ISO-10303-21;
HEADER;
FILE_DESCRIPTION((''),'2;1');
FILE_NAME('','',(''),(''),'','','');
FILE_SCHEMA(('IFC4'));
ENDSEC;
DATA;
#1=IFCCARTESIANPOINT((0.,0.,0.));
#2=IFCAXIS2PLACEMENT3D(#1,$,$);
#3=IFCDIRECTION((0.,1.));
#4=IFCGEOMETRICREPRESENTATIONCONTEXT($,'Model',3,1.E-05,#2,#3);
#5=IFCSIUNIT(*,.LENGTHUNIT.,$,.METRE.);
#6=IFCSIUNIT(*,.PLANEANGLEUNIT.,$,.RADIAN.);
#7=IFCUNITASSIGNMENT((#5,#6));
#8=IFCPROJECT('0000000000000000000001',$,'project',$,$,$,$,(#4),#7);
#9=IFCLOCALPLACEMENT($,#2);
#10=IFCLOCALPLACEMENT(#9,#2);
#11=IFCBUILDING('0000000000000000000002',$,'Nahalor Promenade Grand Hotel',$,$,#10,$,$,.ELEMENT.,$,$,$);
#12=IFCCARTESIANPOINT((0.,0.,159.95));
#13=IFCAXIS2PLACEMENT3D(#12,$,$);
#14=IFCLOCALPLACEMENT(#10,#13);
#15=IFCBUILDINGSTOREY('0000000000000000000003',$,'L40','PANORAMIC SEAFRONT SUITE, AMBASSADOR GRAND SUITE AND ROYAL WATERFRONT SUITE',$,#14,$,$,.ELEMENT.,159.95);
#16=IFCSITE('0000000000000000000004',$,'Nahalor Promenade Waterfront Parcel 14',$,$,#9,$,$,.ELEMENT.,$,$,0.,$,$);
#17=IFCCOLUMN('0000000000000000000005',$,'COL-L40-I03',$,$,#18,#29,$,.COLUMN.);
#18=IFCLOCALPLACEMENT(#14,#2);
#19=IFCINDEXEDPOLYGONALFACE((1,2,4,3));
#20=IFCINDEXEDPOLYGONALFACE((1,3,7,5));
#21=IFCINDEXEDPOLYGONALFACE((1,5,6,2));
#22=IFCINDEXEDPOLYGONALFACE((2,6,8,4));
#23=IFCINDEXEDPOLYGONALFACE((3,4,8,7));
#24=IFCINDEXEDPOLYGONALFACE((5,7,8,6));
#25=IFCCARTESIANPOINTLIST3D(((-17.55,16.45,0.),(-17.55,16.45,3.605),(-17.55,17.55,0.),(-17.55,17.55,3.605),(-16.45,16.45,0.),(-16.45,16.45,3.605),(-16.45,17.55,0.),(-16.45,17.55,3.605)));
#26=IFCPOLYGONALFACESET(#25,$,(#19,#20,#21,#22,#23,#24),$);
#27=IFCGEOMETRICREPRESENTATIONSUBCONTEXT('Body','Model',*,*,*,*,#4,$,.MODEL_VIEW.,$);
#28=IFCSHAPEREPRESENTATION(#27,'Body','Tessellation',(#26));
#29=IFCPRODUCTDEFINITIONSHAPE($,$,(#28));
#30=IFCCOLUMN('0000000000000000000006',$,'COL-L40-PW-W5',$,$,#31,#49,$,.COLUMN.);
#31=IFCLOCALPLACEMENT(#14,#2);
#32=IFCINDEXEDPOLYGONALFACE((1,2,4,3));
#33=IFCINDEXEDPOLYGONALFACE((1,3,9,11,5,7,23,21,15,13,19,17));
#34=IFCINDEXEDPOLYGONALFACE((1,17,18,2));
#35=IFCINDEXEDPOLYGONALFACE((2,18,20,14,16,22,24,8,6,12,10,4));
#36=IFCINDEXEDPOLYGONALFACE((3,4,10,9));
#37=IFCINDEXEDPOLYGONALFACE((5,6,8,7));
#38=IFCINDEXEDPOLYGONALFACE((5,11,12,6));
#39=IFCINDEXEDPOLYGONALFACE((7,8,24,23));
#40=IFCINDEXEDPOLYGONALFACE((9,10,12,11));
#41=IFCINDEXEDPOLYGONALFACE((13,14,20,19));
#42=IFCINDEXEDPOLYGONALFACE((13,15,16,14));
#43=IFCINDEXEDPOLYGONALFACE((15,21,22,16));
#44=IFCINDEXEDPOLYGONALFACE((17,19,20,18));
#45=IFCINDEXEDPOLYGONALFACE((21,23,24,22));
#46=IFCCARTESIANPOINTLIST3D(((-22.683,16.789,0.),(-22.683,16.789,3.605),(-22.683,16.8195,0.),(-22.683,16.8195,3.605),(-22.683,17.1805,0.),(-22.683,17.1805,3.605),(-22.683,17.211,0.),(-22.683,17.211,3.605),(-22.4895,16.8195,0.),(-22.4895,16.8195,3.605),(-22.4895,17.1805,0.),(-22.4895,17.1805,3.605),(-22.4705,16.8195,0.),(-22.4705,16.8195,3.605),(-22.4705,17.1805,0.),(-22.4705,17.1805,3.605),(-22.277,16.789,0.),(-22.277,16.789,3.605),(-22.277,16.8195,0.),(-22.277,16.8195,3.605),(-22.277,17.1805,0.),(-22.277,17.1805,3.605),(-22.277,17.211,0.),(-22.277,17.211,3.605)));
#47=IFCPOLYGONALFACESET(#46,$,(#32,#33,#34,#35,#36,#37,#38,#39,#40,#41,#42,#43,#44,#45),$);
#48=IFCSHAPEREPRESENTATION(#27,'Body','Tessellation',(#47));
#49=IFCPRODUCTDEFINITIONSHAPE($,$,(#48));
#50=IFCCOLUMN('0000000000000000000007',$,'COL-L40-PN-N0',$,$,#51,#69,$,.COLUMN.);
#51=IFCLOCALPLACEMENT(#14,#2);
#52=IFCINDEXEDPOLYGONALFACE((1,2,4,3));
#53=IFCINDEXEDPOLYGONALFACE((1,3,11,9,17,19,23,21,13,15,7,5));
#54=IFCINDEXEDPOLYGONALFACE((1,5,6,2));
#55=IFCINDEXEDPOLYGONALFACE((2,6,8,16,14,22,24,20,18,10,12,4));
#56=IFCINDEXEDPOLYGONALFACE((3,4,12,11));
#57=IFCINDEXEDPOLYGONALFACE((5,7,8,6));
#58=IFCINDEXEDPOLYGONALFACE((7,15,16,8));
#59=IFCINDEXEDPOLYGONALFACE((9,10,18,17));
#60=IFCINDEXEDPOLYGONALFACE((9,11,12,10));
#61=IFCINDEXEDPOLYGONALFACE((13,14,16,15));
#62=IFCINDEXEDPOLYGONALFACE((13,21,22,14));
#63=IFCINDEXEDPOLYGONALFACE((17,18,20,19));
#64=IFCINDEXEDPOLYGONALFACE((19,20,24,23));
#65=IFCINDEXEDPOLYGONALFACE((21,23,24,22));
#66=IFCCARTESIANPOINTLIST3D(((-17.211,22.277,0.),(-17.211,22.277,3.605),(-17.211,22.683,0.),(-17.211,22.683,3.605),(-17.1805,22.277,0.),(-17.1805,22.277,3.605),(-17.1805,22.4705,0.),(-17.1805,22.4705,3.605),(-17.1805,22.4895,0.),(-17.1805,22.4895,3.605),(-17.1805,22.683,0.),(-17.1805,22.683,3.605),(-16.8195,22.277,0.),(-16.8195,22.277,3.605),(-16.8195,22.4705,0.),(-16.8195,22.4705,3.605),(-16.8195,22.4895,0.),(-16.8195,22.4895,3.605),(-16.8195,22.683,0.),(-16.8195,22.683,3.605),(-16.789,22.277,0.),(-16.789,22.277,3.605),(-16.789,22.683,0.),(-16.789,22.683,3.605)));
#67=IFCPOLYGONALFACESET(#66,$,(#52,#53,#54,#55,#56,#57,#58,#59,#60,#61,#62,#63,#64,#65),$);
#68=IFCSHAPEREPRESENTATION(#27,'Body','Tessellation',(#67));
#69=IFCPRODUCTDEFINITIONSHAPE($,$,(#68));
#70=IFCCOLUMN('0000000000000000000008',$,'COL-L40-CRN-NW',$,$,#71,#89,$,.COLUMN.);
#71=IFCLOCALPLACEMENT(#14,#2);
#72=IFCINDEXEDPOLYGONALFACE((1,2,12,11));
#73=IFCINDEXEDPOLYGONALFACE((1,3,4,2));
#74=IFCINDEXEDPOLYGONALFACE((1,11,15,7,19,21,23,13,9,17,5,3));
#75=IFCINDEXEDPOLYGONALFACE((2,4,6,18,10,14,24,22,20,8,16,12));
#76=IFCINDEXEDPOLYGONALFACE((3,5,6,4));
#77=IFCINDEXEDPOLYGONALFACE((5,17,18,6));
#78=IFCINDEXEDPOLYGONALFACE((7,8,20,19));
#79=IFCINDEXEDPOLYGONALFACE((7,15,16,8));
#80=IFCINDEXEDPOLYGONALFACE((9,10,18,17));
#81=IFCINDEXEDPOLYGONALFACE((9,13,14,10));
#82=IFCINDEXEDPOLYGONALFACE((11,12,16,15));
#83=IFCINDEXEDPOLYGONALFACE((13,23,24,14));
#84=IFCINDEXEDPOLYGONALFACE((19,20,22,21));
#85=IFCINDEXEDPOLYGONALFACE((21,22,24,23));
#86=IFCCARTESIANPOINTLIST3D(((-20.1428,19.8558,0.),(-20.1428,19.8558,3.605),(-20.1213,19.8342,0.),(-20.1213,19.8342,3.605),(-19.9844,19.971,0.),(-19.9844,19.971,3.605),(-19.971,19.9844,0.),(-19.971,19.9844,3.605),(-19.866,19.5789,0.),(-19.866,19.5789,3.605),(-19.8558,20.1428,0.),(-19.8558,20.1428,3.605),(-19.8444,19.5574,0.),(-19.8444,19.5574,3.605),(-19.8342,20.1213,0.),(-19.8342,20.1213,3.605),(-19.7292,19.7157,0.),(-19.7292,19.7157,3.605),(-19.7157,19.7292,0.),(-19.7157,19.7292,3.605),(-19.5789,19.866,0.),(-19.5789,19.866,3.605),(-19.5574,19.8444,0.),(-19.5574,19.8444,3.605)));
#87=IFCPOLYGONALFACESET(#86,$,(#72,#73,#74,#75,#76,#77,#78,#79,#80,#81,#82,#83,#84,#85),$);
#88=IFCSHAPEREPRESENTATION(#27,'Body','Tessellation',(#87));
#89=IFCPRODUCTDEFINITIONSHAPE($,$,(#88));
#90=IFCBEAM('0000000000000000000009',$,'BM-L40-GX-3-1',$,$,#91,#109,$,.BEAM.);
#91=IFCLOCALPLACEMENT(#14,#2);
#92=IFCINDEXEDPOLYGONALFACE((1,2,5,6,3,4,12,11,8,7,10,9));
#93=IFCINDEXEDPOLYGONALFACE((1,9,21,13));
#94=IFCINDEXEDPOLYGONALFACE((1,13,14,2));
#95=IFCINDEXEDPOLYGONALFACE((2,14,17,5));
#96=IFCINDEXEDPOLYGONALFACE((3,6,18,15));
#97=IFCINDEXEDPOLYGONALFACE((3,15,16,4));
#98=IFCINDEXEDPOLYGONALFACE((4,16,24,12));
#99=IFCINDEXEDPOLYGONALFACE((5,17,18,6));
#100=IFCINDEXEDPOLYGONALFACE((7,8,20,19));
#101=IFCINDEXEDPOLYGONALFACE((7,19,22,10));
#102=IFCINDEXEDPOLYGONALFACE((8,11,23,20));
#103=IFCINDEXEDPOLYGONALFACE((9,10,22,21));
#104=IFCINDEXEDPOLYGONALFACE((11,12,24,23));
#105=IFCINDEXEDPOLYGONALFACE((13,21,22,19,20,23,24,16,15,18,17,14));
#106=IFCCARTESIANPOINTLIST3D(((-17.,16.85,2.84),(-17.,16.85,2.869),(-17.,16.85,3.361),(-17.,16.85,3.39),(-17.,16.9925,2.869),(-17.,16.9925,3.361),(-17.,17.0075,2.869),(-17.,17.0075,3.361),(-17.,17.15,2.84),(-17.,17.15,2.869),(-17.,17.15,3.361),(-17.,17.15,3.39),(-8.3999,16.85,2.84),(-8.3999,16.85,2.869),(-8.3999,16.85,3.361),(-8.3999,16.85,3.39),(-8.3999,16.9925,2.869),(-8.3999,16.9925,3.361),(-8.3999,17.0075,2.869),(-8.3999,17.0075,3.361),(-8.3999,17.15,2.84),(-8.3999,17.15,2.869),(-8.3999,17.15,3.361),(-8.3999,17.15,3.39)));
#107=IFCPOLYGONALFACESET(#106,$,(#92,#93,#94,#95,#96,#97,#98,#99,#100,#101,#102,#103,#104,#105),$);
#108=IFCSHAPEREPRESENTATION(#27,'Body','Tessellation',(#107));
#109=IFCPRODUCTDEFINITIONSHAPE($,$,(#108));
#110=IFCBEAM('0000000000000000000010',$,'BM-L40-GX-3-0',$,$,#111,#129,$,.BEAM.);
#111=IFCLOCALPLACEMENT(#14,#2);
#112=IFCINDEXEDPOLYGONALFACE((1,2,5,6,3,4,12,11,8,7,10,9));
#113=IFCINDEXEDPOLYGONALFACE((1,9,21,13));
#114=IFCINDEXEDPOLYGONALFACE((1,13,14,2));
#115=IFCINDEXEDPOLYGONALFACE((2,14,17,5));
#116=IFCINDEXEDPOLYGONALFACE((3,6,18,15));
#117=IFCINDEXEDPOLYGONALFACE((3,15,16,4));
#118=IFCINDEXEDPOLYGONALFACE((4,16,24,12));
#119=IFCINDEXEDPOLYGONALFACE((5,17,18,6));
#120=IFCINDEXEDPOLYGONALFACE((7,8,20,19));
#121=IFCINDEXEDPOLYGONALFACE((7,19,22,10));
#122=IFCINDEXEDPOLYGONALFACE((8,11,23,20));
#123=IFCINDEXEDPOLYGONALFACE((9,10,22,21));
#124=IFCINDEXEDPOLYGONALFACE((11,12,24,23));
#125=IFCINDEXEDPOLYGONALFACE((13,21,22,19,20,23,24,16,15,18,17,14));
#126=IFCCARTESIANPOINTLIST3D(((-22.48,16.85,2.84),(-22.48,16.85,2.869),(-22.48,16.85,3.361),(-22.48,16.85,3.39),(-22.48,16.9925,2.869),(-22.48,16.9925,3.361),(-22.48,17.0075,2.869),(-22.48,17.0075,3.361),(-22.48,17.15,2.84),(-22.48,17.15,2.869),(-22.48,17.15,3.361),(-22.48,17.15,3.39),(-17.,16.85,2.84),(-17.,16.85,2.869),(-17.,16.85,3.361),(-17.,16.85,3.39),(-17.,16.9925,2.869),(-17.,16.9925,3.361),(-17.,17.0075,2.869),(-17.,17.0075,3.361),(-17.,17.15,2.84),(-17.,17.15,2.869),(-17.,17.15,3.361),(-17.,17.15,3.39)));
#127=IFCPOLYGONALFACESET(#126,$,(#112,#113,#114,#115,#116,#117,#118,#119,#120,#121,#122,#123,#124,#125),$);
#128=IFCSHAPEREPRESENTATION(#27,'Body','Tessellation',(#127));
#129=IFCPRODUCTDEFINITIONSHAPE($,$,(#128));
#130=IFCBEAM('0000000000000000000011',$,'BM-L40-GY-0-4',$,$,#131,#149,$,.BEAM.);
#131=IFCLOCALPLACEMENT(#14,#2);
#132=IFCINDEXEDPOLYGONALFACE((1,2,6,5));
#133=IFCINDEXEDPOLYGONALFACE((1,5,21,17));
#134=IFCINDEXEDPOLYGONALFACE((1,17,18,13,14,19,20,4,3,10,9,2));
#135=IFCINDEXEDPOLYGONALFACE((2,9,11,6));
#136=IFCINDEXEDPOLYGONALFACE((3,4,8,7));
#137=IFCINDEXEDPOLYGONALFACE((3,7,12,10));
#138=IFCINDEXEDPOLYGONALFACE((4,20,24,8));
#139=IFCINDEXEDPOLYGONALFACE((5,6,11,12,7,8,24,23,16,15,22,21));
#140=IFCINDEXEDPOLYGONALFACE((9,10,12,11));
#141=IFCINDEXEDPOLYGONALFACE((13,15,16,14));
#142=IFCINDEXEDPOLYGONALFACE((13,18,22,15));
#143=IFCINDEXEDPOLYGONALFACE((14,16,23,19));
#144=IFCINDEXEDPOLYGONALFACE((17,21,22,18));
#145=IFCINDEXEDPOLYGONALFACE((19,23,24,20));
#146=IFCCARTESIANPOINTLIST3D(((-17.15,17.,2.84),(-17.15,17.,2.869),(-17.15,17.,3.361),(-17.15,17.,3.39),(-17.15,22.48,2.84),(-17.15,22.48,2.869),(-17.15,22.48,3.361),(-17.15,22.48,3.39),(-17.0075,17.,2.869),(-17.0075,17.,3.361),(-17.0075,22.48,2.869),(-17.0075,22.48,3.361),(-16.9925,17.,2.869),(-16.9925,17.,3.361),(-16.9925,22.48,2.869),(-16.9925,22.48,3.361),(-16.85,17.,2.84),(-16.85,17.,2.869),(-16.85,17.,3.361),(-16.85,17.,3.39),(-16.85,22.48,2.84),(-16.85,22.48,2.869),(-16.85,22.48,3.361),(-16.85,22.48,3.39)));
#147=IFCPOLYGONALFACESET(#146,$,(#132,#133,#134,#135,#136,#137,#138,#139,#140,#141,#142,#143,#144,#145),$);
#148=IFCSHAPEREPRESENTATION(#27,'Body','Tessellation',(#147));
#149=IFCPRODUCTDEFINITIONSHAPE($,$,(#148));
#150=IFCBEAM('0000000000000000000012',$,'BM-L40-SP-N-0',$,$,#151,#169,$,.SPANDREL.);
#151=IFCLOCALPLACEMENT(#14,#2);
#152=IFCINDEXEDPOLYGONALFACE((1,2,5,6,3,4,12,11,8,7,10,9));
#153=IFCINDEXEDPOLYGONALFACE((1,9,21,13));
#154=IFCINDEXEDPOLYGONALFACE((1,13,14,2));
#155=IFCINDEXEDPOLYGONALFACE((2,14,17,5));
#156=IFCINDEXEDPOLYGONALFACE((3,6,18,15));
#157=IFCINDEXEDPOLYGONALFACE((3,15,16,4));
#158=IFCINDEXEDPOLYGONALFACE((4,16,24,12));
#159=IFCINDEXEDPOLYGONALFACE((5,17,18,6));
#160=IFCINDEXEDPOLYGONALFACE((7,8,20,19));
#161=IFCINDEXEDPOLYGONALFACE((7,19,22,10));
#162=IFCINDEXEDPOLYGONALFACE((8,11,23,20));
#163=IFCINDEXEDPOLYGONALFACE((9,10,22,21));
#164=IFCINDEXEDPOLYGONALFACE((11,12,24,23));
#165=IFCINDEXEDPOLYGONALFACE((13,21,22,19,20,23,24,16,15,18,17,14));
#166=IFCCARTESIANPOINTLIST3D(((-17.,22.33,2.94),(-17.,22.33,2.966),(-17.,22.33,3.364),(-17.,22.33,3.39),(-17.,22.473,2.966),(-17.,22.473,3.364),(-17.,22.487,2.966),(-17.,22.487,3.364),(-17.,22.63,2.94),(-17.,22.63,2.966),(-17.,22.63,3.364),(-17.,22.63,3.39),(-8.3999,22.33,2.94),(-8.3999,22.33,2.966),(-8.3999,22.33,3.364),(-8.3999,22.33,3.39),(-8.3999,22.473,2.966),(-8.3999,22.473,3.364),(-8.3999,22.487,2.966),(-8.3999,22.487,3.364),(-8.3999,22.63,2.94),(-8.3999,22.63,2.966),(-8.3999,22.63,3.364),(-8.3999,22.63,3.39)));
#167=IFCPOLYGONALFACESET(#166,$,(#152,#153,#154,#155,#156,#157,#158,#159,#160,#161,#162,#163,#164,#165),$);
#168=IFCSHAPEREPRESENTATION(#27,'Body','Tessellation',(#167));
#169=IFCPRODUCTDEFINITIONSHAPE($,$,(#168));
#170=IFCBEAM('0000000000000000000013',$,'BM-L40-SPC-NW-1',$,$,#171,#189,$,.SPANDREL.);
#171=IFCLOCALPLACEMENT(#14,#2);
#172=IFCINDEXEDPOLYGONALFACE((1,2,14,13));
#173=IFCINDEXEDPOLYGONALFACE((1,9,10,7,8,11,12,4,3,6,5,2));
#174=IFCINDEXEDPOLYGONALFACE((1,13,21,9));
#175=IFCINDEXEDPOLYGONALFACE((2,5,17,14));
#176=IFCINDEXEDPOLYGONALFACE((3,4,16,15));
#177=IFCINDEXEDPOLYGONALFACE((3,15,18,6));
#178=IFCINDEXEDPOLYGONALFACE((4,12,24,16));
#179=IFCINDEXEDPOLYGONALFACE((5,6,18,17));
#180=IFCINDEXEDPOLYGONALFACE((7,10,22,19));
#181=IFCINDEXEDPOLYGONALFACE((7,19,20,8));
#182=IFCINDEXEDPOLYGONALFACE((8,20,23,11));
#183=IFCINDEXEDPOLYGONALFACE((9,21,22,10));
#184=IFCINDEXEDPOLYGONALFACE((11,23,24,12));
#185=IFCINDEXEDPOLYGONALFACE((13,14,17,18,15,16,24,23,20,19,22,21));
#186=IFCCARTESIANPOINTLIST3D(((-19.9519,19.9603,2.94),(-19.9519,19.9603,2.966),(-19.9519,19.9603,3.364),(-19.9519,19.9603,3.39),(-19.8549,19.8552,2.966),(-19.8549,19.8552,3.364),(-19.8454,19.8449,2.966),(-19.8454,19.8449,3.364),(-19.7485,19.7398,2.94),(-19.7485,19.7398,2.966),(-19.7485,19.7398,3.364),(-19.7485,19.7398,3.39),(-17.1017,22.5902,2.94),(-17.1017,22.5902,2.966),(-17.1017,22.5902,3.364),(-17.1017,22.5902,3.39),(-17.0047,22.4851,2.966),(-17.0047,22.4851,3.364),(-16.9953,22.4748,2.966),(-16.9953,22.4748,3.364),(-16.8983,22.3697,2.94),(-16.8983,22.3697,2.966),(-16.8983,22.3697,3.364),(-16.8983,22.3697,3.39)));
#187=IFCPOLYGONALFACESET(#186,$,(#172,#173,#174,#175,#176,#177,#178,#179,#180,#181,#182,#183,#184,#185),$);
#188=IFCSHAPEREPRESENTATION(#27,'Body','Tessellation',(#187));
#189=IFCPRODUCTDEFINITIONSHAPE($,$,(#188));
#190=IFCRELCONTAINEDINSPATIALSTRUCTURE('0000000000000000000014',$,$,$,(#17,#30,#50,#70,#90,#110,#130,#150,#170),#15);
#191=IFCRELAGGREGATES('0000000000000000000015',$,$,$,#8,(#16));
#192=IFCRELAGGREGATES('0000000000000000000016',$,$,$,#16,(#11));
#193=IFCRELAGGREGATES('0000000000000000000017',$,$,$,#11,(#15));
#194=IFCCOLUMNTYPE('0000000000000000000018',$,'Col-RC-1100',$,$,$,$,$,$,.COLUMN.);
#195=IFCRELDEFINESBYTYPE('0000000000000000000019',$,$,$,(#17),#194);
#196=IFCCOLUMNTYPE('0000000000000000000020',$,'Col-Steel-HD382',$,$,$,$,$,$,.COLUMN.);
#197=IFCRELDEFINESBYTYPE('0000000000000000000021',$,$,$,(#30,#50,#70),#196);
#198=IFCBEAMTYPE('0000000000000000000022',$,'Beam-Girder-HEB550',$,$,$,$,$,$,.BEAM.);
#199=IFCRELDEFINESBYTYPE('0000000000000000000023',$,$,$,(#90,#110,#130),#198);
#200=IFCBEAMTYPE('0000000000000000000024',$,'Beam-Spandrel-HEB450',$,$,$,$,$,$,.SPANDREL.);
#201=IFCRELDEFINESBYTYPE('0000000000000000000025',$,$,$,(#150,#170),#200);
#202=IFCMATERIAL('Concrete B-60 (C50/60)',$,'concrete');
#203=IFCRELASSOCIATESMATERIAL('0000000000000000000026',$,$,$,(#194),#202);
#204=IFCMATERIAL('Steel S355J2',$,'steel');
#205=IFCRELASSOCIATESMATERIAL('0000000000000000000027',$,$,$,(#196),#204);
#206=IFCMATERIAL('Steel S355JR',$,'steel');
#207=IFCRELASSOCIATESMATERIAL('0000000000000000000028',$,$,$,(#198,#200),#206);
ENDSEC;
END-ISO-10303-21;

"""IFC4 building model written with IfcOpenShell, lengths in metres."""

from ifc_helpers import new_model, si_unit, direction, frame, origin, origin_2d, place, context, subcontext, project, spatial, rectangle, i_section, extrude, source, transform, mapped, material, material_profile, profile_set, type_object, element, save


model = new_model("IFC4")

# Units and contexts
model_context = context("Model", 3, precision=1e-05, world=origin(), true_north=direction((0.0, 1.0)))
body_context = subcontext(model_context, "Body", "Model", "MODEL_VIEW")
ifc_project = project(units=[si_unit("LENGTHUNIT", "METRE"), si_unit("PLANEANGLEUNIT", "RADIAN")], contexts=[model_context])

# Site, building, storey
site_placement = place(None, origin())
site = spatial("IfcSite", under=ifc_project, at=site_placement, Name="Nahalor Promenade Waterfront Parcel 14", CompositionType="ELEMENT", RefElevation=0.0)
building_placement = place(site_placement, origin())
building = spatial("IfcBuilding", under=site, at=building_placement, Name="Nahalor Promenade Grand Hotel", CompositionType="ELEMENT")
storey_placement = place(building_placement, frame((0.0, 0.0, 159.95)))
storey = spatial("IfcBuildingStorey", under=building, at=storey_placement, Name="L40", Description="PANORAMIC SEAFRONT SUITE, AMBASSADOR GRAND SUITE AND ROYAL WATERFRONT SUITE", CompositionType="ELEMENT", Elevation=159.95)

# Columns
ifc_material_1 = material(Name="Concrete B-60 (C50/60)", Category="concrete")
ifc_material_profile_1 = material_profile(ifc_material_1, rectangle(XDim=1.1, YDim=1.1, at=origin_2d()), Name="RC 1100x1100")
ifc_profile_set_1 = profile_set([ifc_material_profile_1], Name="Concrete B-60 (C50/60)")
column_type_1 = type_object("IfcColumnType", Name="Col-RC-1100", PredefinedType="COLUMN", material=ifc_profile_set_1)
shared_shape_1 = source(origin(), body_context, "Body", "SweptSolid", [
    extrude(rectangle(XDim=1.1, YDim=1.1, at=origin_2d()), origin(), (0.0, 0.0, 1.0), 3.605),
])
column_placement = place(storey_placement, frame((-17.0, 17.0, 0.0), z_axis=(0.0, 0.0, 1.0), x_axis=(1.0, 0.0, 0.0)))
element("IfcColumn", 1, at=column_placement, inside=storey, type_object=column_type_1, Name="COL-L40-I03", PredefinedType="COLUMN", context=body_context, shape_type="MappedRepresentation", body=[
    mapped(shared_shape_1, transform((0.0, 0.0, 0.0), scale=1.0)),
])
ifc_material_2 = material(Name="Steel S355J2", Category="steel")
ifc_material_profile_2 = material_profile(ifc_material_2, i_section(OverallWidth=0.406, OverallDepth=0.422, WebThickness=0.019, FlangeThickness=0.0305, at=origin_2d()), Name="HD 400x382")
ifc_profile_set_2 = profile_set([ifc_material_profile_2], Name="Steel S355J2")
column_type_2 = type_object("IfcColumnType", Name="Col-Steel-HD382", PredefinedType="COLUMN", material=ifc_profile_set_2)
shared_shape_2 = source(origin(), body_context, "Body", "SweptSolid", [
    extrude(i_section(OverallWidth=0.406, OverallDepth=0.422, WebThickness=0.019, FlangeThickness=0.0305, at=origin_2d()), origin(), (0.0, 0.0, 1.0), 3.605),
])
for number, where, z_axis, x_axis, name in (
    (2, (-22.48, 17.0, 0.0), (0.0, 0.0, 1.0), (1.0, 0.0, 0.0), "COL-L40-PW-W5"),
    (3, (-17.0, 22.48, 0.0), (0.0, 0.0, 1.0), (0.0, 1.0, 0.0), "COL-L40-PN-N0"),
    (4, (-19.8501, 19.8501, 0.0), (0.0, 0.0, 1.0), (0.707107, 0.707107, 0.0), "COL-L40-CRN-NW"),
):
    element("IfcColumn", number, at=place(storey_placement, frame(where, z_axis=z_axis, x_axis=x_axis)), inside=storey, type_object=column_type_2, Name=name, PredefinedType="COLUMN", context=body_context, shape_type="MappedRepresentation", body=[
        mapped(shared_shape_2, transform((0.0, 0.0, 0.0), scale=1.0)),
    ])

# Beams
ifc_material_3 = material(Name="Steel S355JR", Category="steel")
ifc_material_profile_3 = material_profile(ifc_material_3, i_section(OverallWidth=0.3, OverallDepth=0.55, WebThickness=0.015, FlangeThickness=0.029, at=origin_2d()), Name="HEB 550")
ifc_profile_set_3 = profile_set([ifc_material_profile_3], Name="Steel S355JR")
beam_type_1 = type_object("IfcBeamType", Name="Beam-Girder-HEB550", PredefinedType="BEAM", material=ifc_profile_set_3)
shared_shape_3 = source(origin(), body_context, "Body", "SweptSolid", [
    extrude(i_section(OverallWidth=0.3, OverallDepth=0.55, WebThickness=0.015, FlangeThickness=0.029, at=origin_2d()), origin(), (0.0, 0.0, 1.0), 8.6001),
])
beam_1_placement = place(storey_placement, frame((-17.0, 17.0, 3.115), z_axis=(1.0, 0.0, 0.0), x_axis=(0.0, 1.0, 0.0)))
element("IfcBeam", 5, at=beam_1_placement, inside=storey, type_object=beam_type_1, Name="BM-L40-GX-3-1", PredefinedType="BEAM", context=body_context, shape_type="MappedRepresentation", body=[
    mapped(shared_shape_3, transform((0.0, 0.0, 0.0), scale=1.0)),
])
shared_shape_4 = source(origin(), body_context, "Body", "SweptSolid", [
    extrude(i_section(OverallWidth=0.3, OverallDepth=0.55, WebThickness=0.015, FlangeThickness=0.029, at=origin_2d()), origin(), (0.0, 0.0, 1.0), 5.48),
])
for number, where, z_axis, x_axis, name in (
    (6, (-22.48, 17.0, 3.115), (1.0, 0.0, 0.0), (0.0, 1.0, 0.0), "BM-L40-GX-3-0"),
    (7, (-17.0, 17.0, 3.115), (0.0, 1.0, 0.0), (-1.0, 0.0, 0.0), "BM-L40-GY-0-4"),
):
    element("IfcBeam", number, at=place(storey_placement, frame(where, z_axis=z_axis, x_axis=x_axis)), inside=storey, type_object=beam_type_1, Name=name, PredefinedType="BEAM", context=body_context, shape_type="MappedRepresentation", body=[
        mapped(shared_shape_4, transform((0.0, 0.0, 0.0), scale=1.0)),
    ])
ifc_material_profile_4 = material_profile(ifc_material_3, i_section(OverallWidth=0.3, OverallDepth=0.45, WebThickness=0.014, FlangeThickness=0.026, at=origin_2d()), Name="HEB 450")
ifc_profile_set_4 = profile_set([ifc_material_profile_4], Name="Steel S355JR")
beam_type_2 = type_object("IfcBeamType", Name="Beam-Spandrel-HEB450", PredefinedType="SPANDREL", material=ifc_profile_set_4)
shared_shape_5 = source(origin(), body_context, "Body", "SweptSolid", [
    extrude(i_section(OverallWidth=0.3, OverallDepth=0.45, WebThickness=0.014, FlangeThickness=0.026, at=origin_2d()), origin(), (0.0, 0.0, 1.0), 8.6001),
])
beam_2_placement = place(storey_placement, frame((-17.0, 22.48, 3.165), z_axis=(1.0, 0.0, 0.0), x_axis=(0.0, 1.0, 0.0)))
element("IfcBeam", 8, at=beam_2_placement, inside=storey, type_object=beam_type_2, Name="BM-L40-SP-N-0", PredefinedType="SPANDREL", context=body_context, shape_type="MappedRepresentation", body=[
    mapped(shared_shape_5, transform((0.0, 0.0, 0.0), scale=1.0)),
])
shared_shape_6 = source(origin(), body_context, "Body", "SweptSolid", [
    extrude(i_section(OverallWidth=0.3, OverallDepth=0.45, WebThickness=0.014, FlangeThickness=0.026, at=origin_2d()), origin(), (0.0, 0.0, 1.0), 3.8782),
])
for number, where, z_axis, x_axis, name in (
    (9, (-17.0, 22.48, 3.165), (-0.734929, -0.678144, 0.0), (0.678144, -0.734929, 0.0), "BM-L40-SPC-NW-1"),
):
    element("IfcBeam", number, at=place(storey_placement, frame(where, z_axis=z_axis, x_axis=x_axis)), inside=storey, type_object=beam_type_2, Name=name, PredefinedType="SPANDREL", context=body_context, shape_type="MappedRepresentation", body=[
        mapped(shared_shape_6, transform((0.0, 0.0, 0.0), scale=1.0)),
    ])

save(model, "model.ifc")
